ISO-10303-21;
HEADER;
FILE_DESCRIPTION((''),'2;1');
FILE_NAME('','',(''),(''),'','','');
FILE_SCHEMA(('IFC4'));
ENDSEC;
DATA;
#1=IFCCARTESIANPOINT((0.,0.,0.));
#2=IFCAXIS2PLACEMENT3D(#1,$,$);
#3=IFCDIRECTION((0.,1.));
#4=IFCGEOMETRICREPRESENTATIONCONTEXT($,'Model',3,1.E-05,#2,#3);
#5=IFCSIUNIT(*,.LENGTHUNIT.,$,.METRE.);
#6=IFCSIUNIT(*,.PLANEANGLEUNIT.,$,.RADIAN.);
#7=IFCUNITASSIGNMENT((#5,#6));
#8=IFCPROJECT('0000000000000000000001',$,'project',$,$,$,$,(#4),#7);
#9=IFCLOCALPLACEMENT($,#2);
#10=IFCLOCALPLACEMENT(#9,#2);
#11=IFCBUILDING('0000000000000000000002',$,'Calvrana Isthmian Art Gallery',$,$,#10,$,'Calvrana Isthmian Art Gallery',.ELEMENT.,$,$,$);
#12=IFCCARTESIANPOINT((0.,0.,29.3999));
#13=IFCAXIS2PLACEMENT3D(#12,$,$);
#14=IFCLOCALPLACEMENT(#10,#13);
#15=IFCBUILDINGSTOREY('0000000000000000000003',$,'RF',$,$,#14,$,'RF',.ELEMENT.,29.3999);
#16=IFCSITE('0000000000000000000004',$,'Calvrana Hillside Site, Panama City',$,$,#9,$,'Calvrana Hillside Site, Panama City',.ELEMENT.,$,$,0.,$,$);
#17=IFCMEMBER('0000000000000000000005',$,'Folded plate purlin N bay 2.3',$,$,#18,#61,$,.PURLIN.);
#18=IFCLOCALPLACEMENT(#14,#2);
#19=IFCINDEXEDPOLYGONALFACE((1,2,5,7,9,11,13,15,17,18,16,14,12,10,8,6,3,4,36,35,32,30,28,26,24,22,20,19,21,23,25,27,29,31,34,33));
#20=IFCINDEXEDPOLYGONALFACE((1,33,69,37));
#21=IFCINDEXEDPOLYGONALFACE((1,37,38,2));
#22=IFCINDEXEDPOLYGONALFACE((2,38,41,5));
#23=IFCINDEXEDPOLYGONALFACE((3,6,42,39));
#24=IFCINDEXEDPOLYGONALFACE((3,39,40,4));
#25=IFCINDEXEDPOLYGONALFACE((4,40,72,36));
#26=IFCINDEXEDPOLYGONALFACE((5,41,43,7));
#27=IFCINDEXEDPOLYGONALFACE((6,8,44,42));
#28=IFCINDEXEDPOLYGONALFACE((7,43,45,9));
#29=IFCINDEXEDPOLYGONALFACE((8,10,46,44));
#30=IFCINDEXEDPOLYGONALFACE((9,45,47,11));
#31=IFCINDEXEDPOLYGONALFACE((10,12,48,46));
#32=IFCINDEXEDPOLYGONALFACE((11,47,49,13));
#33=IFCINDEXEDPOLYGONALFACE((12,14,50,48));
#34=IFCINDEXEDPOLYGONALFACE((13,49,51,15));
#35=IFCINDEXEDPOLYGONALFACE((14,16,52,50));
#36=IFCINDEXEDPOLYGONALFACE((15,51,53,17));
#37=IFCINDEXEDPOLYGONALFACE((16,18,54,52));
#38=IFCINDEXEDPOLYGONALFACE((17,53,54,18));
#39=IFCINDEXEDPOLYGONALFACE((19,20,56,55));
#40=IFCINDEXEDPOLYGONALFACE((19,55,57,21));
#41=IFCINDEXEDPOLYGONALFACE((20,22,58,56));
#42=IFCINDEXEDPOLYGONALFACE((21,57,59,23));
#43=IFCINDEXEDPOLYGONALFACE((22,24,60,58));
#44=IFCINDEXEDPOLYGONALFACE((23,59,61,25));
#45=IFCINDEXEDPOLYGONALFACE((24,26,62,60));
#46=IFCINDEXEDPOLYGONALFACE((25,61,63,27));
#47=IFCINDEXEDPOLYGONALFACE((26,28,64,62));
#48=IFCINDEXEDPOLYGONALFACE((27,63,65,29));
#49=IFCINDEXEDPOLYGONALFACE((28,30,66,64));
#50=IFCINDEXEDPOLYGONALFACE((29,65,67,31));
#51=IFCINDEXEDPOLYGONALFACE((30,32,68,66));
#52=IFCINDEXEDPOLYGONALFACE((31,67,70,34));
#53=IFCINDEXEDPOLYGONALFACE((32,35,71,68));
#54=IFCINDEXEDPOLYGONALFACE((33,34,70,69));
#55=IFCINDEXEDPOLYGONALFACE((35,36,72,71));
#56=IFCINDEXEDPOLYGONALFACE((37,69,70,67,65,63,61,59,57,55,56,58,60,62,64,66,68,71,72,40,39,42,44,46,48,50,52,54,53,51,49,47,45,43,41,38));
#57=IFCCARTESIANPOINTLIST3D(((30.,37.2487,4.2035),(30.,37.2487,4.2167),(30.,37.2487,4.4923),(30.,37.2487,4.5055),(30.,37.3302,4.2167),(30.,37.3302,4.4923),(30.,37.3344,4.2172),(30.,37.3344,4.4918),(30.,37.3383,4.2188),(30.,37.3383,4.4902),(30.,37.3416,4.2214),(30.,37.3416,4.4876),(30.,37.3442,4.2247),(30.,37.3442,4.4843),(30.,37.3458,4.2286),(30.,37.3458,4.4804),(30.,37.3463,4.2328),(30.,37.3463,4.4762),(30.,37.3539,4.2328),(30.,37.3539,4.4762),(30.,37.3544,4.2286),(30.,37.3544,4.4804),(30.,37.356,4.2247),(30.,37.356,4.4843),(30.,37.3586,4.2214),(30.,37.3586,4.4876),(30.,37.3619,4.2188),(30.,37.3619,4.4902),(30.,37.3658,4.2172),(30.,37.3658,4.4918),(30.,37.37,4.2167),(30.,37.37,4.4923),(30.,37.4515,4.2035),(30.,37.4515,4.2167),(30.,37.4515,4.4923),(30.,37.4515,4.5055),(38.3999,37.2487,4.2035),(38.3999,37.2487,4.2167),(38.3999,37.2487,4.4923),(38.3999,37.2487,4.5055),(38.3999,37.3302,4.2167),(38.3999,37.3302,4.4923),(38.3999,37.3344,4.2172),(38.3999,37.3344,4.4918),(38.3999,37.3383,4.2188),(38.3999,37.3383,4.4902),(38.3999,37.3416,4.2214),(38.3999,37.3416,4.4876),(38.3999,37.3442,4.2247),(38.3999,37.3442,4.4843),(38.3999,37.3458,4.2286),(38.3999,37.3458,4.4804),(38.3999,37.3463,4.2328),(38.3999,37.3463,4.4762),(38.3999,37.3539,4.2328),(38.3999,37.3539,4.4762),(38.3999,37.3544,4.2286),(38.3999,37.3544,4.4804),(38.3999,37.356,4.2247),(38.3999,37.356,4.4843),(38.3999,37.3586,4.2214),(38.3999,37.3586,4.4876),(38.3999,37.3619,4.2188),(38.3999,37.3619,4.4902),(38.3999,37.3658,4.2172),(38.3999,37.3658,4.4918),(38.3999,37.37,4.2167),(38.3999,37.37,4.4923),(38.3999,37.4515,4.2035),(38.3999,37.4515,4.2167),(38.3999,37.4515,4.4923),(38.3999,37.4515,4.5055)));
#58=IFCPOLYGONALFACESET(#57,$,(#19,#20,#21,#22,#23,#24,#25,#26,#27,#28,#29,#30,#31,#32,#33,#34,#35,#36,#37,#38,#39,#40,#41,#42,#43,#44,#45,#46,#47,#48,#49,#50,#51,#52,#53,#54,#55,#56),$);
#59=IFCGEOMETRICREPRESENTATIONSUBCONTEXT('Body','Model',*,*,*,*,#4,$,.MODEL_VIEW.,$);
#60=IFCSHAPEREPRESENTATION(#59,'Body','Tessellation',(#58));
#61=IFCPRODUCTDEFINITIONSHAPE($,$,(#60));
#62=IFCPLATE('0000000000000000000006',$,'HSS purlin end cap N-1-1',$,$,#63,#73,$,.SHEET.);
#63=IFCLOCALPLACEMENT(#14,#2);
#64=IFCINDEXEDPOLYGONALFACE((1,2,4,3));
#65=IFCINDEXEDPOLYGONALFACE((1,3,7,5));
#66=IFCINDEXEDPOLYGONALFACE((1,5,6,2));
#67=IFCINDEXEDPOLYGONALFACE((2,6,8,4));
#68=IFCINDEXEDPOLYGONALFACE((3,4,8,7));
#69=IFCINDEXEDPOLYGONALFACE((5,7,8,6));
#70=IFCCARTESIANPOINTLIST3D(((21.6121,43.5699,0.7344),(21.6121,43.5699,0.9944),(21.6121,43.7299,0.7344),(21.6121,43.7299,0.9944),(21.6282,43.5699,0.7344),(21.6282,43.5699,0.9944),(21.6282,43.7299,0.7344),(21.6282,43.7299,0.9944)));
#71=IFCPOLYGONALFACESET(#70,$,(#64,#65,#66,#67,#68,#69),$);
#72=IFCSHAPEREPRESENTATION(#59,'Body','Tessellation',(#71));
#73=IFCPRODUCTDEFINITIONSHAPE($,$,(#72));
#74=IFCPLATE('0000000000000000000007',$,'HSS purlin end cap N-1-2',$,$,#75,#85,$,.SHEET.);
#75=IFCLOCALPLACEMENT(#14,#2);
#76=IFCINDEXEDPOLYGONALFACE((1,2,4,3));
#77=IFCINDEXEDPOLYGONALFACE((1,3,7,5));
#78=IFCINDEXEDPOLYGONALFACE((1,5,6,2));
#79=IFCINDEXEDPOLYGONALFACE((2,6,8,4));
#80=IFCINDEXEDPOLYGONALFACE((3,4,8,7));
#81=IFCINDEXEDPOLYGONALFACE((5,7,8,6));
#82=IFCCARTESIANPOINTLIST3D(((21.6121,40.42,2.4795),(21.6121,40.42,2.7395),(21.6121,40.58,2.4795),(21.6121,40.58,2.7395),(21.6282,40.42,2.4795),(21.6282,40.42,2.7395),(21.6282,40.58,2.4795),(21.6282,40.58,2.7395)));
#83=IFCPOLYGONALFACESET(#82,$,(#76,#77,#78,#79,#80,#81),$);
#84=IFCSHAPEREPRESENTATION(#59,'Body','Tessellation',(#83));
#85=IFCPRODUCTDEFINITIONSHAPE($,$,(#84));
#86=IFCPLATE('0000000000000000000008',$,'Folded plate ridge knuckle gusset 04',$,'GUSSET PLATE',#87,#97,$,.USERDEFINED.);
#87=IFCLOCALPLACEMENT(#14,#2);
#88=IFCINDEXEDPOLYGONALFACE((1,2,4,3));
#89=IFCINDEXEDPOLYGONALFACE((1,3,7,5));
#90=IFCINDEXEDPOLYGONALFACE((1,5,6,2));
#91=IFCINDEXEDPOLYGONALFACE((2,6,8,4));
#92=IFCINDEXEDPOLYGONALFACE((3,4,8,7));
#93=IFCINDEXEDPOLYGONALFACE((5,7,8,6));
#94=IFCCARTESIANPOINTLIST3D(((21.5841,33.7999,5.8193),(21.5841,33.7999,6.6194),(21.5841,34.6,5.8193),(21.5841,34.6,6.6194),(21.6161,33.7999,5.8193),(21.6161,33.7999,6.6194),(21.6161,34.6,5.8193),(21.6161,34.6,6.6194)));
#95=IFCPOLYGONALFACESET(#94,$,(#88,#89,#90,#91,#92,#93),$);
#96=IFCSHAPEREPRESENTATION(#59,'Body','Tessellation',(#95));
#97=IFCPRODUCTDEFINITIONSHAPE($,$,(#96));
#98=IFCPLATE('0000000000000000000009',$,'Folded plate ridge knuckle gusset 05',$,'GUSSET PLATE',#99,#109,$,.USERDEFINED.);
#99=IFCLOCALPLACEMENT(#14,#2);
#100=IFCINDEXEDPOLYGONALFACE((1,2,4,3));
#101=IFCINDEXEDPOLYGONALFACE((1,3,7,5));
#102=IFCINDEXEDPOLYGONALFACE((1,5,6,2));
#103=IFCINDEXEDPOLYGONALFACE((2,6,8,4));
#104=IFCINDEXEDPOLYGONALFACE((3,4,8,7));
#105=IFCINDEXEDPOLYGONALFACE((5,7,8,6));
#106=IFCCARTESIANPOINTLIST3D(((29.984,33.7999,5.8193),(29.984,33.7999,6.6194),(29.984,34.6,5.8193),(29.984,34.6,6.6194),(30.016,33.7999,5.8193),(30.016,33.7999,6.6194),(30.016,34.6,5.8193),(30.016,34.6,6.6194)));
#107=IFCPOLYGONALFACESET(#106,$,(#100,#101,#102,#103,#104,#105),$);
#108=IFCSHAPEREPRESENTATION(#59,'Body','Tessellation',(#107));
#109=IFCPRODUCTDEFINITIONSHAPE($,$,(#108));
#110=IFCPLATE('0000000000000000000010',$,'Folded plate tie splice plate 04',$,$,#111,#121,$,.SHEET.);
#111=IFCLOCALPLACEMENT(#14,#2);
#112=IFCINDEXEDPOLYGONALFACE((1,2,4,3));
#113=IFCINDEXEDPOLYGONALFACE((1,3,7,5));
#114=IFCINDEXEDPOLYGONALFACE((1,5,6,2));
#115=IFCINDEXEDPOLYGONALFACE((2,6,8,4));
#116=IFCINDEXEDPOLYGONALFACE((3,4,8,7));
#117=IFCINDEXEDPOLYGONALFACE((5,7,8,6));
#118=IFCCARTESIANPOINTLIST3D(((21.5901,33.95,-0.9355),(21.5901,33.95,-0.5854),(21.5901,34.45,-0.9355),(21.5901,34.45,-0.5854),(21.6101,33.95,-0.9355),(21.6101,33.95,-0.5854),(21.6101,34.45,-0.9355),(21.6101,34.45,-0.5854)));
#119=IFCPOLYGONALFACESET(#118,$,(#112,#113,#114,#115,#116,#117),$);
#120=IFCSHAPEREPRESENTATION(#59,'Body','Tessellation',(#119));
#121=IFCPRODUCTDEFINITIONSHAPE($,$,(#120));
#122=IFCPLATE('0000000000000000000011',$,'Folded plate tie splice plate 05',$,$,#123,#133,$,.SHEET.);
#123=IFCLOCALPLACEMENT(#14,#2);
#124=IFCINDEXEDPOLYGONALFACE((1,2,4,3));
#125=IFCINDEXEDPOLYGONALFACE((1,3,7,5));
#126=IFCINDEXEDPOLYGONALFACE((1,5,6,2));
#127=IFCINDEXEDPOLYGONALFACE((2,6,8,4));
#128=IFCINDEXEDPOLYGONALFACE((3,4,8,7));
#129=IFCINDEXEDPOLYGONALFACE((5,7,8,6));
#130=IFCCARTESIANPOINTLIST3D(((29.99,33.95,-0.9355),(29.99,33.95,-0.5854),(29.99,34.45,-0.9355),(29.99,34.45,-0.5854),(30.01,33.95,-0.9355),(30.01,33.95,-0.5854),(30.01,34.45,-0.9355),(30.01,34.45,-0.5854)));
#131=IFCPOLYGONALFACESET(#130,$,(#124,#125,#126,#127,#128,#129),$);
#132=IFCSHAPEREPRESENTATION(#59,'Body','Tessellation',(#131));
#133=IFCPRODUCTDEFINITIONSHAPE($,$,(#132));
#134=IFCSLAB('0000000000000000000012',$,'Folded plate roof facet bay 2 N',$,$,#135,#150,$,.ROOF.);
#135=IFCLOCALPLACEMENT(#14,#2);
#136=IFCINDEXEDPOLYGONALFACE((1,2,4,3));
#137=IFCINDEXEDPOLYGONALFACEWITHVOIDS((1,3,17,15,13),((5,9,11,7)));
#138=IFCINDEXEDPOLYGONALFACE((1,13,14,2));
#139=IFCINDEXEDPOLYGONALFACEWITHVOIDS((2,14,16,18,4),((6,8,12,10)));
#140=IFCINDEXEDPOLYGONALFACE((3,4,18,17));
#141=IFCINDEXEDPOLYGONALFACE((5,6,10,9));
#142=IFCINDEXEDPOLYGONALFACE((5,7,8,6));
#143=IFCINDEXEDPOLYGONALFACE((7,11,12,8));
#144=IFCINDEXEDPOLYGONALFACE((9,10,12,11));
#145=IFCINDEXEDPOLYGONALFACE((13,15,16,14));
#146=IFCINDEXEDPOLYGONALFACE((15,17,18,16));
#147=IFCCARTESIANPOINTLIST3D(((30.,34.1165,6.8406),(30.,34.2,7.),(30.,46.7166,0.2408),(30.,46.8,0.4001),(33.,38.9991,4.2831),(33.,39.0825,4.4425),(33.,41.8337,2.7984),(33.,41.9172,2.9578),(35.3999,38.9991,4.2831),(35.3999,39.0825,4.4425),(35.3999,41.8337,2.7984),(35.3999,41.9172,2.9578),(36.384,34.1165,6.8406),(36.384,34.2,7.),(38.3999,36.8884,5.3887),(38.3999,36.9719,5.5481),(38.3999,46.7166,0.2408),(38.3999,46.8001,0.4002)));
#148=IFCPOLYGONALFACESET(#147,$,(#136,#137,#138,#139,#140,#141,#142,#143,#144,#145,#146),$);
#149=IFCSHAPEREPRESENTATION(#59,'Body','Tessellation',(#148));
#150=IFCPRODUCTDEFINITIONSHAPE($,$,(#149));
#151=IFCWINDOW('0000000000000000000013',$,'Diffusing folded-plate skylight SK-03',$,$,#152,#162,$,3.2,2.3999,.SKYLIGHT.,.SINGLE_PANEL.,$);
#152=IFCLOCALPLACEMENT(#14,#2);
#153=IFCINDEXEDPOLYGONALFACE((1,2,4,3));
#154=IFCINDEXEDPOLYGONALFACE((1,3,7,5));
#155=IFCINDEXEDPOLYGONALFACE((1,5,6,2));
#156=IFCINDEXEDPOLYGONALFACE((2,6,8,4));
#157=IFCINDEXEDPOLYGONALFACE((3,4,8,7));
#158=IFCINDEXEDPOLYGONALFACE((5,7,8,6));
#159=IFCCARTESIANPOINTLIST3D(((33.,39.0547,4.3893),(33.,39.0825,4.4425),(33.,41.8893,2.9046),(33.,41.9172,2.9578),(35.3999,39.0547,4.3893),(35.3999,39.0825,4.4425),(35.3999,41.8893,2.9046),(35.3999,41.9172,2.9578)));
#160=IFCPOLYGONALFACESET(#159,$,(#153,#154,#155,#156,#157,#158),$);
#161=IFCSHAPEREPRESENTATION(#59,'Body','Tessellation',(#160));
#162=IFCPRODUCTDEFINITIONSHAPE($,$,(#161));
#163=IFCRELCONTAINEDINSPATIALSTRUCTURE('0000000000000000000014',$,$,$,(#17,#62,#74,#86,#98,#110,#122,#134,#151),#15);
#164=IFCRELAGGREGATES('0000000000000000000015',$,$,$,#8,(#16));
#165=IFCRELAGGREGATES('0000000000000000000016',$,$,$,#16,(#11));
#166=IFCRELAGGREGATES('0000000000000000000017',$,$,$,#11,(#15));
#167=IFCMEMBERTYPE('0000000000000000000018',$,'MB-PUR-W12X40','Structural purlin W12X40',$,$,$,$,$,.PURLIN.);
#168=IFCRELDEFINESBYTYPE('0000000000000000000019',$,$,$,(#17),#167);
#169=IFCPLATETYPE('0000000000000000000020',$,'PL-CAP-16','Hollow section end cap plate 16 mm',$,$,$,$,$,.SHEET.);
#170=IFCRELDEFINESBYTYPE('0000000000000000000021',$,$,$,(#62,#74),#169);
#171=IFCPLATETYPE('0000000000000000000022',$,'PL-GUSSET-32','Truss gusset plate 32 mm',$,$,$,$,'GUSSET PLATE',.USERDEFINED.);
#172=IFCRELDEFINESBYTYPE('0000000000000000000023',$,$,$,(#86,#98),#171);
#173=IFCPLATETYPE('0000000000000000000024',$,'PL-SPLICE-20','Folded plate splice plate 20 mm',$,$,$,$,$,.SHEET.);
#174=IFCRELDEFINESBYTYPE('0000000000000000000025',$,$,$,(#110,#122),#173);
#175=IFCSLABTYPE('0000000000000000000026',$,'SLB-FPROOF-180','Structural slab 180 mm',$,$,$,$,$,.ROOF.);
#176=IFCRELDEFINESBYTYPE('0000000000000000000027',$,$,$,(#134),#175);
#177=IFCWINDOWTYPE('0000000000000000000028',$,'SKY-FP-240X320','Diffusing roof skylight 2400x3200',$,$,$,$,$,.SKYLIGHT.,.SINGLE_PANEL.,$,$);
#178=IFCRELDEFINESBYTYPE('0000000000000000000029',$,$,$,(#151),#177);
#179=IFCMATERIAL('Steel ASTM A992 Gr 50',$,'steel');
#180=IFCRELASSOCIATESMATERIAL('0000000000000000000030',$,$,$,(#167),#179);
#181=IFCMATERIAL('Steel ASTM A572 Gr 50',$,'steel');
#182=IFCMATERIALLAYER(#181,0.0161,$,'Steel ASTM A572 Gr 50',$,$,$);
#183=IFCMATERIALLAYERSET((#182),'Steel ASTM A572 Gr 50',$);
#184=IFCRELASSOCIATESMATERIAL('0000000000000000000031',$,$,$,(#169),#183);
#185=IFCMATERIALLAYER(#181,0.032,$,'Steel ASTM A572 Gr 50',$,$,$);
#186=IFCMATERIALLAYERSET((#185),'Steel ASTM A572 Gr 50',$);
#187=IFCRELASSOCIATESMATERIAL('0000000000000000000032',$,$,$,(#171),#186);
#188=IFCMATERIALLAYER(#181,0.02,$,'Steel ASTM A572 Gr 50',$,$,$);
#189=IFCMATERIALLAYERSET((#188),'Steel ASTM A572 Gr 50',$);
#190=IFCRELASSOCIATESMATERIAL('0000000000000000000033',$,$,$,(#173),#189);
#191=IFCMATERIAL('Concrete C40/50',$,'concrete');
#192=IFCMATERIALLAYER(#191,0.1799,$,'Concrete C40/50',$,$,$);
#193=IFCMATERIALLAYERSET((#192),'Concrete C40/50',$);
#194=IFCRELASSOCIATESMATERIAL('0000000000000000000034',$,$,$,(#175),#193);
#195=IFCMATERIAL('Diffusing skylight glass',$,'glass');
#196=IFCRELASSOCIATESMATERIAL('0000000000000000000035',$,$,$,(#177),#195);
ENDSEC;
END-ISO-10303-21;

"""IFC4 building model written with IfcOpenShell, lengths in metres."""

from ifc_helpers import new_model, si_unit, direction, frame, origin, origin_2d, place, context, subcontext, project, spatial, polyline, rectangle, i_section, outline, extrude, material, layer, layer_set, material_profile, profile_set, type_object, element, fill, save


model = new_model("IFC4")

# Units and contexts
model_context = context("Model", 3, precision=1e-05, world=origin(), true_north=direction((0.0, 1.0)))
body_context = subcontext(model_context, "Body", "Model", "MODEL_VIEW")
ifc_project = project(units=[si_unit("LENGTHUNIT", "METRE"), si_unit("PLANEANGLEUNIT", "RADIAN")], contexts=[model_context])

# Site, building, storey
site_placement = place(None, origin())
site = spatial("IfcSite", under=ifc_project, at=site_placement, Name="Calvrana Hillside Site, Panama City", LongName="Calvrana Hillside Site, Panama City", CompositionType="ELEMENT", RefElevation=0.0)
building_placement = place(site_placement, origin())
building = spatial("IfcBuilding", under=site, at=building_placement, Name="Calvrana Isthmian Art Gallery", LongName="Calvrana Isthmian Art Gallery", CompositionType="ELEMENT")
storey_placement = place(building_placement, frame((0.0, 0.0, 29.3999)))
storey = spatial("IfcBuildingStorey", under=building, at=storey_placement, Name="RF", LongName="RF", CompositionType="ELEMENT", Elevation=29.3999)

# Shared definitions
ifc_material_1 = material(Name="Steel ASTM A992 Gr 50", Category="steel")

# Member
ifc_material_profile_1 = material_profile(ifc_material_1, i_section(OverallWidth=0.2029, OverallDepth=0.302, WebThickness=0.0076, FlangeThickness=0.0132, FilletRadius=0.0161, at=origin_2d()), Name="W12X40")
ifc_profile_set_1 = profile_set([ifc_material_profile_1], Name="Steel ASTM A992 Gr 50")
member_type_1 = type_object("IfcMemberType", Name="MB-PUR-W12X40", Description="Structural purlin W12X40", PredefinedType="PURLIN", material=ifc_profile_set_1)
member_1_placement = place(storey_placement, frame((30.0, 37.3501, 4.3545), z_axis=(1.0, 0.0, 0.0), x_axis=(0.0, 1.0, 0.0)))
element("IfcMember", 1, at=member_1_placement, inside=storey, type_object=member_type_1, Name="Folded plate purlin N bay 2.3", PredefinedType="PURLIN", context=body_context, shape_type="SweptSolid", body=[
    extrude(i_section(OverallWidth=0.2029, OverallDepth=0.302, WebThickness=0.0076, FlangeThickness=0.0132, FilletRadius=0.0161, at=origin_2d()), origin(), (0.0, 0.0, 1.0), 8.3999),
])

# Plates
ifc_material_2 = material(Name="Steel ASTM A572 Gr 50", Category="steel")
ifc_layer_1 = layer(ifc_material_2, 0.0161, Name="Steel ASTM A572 Gr 50")
ifc_layer_set_1 = layer_set([ifc_layer_1], Name="Steel ASTM A572 Gr 50")
plate_type_1 = type_object("IfcPlateType", Name="PL-CAP-16", Description="Hollow section end cap plate 16 mm", PredefinedType="SHEET", material=ifc_layer_set_1)
for number, where, z_axis, x_axis, name in (
    (2, (21.6201, 43.6499, 0.7344), (0.0, 0.0, 1.0), (1.0, 0.0, 0.0), "HSS purlin end cap N-1-1"),
    (3, (21.6201, 40.5, 2.4795), (0.0, 0.0, 1.0), (1.0, 0.0, 0.0), "HSS purlin end cap N-1-2"),
):
    element("IfcPlate", number, at=place(storey_placement, frame(where, z_axis=z_axis, x_axis=x_axis)), inside=storey, type_object=plate_type_1, Name=name, PredefinedType="SHEET", context=body_context, shape_type="SweptSolid", body=[
        extrude(rectangle(XDim=0.0161, YDim=0.1599, at=origin_2d()), origin(), (0.0, 0.0, 1.0), 0.26),
    ])
ifc_layer_2 = layer(ifc_material_2, 0.032, Name="Steel ASTM A572 Gr 50")
ifc_layer_set_2 = layer_set([ifc_layer_2], Name="Steel ASTM A572 Gr 50")
plate_type_2 = type_object("IfcPlateType", Name="PL-GUSSET-32", Description="Truss gusset plate 32 mm", ElementType="GUSSET PLATE", PredefinedType="USERDEFINED", material=ifc_layer_set_2)
for number, where, z_axis, x_axis, name in (
    (4, (21.6001, 34.2, 5.8193), (0.0, 0.0, 1.0), (1.0, 0.0, 0.0), "Folded plate ridge knuckle gusset 04"),
    (5, (30.0, 34.2, 5.8193), (0.0, 0.0, 1.0), (1.0, 0.0, 0.0), "Folded plate ridge knuckle gusset 05"),
):
    element("IfcPlate", number, at=place(storey_placement, frame(where, z_axis=z_axis, x_axis=x_axis)), inside=storey, type_object=plate_type_2, Name=name, ObjectType="GUSSET PLATE", PredefinedType="USERDEFINED", context=body_context, shape_type="SweptSolid", body=[
        extrude(rectangle(XDim=0.032, YDim=0.8, at=origin_2d()), origin(), (0.0, 0.0, 1.0), 0.8),
    ])
ifc_layer_3 = layer(ifc_material_2, 0.02, Name="Steel ASTM A572 Gr 50")
ifc_layer_set_3 = layer_set([ifc_layer_3], Name="Steel ASTM A572 Gr 50")
plate_type_3 = type_object("IfcPlateType", Name="PL-SPLICE-20", Description="Folded plate splice plate 20 mm", PredefinedType="SHEET", material=ifc_layer_set_3)
for number, where, z_axis, x_axis, name in (
    (6, (21.6001, 34.2, -0.9355), (0.0, 0.0, 1.0), (1.0, 0.0, 0.0), "Folded plate tie splice plate 04"),
    (7, (30.0, 34.2, -0.9355), (0.0, 0.0, 1.0), (1.0, 0.0, 0.0), "Folded plate tie splice plate 05"),
):
    element("IfcPlate", number, at=place(storey_placement, frame(where, z_axis=z_axis, x_axis=x_axis)), inside=storey, type_object=plate_type_3, Name=name, PredefinedType="SHEET", context=body_context, shape_type="SweptSolid", body=[
        extrude(rectangle(XDim=0.02, YDim=0.5, at=origin_2d()), origin(), (0.0, 0.0, 1.0), 0.3501),
    ])

# Slab, opening, window
ifc_material_3 = material(Name="Concrete C40/50", Category="concrete")
ifc_layer_4 = layer(ifc_material_3, 0.1799, Name="Concrete C40/50")
ifc_layer_set_4 = layer_set([ifc_layer_4], Name="Concrete C40/50")
slab_type = type_object("IfcSlabType", Name="SLB-FPROOF-180", Description="Structural slab 180 mm", PredefinedType="ROOF", material=ifc_layer_set_4)
slab_placement = place(storey_placement, frame((30.0, 34.2, 7.0), z_axis=(-0.000002, 0.463996, 0.885837), x_axis=(1.0, 0.000001, 0.000002)))
slab = element("IfcSlab", 8, at=slab_placement, inside=storey, type_object=slab_type, Name="Folded plate roof facet bay 2 N", PredefinedType="ROOF", context=body_context, shape_type="SweptSolid", body=[
    extrude(outline(polyline([(0.0, 0.0), (6.384, 0.0), (8.3999, 3.1292), (8.3999, 14.2239), (0.0, 14.2239), (0.0, 0.0)])), origin(), (0.0, 0.0, -1.0), 0.1799),
])
opening_placement = place(slab_placement, frame((4.2, 7.1118, 0.0103)))
opening = element("IfcOpeningElement", 9, at=opening_placement, cuts=slab, PredefinedType="OPENING", context=body_context, shape_type="SweptSolid", body=[
    extrude(rectangle(XDim=2.3999, YDim=3.2, at=origin_2d()), origin(), (0.0, 0.0, -1.0), 0.2004),
])
ifc_material_4 = material(Name="Diffusing skylight glass", Category="glass")
window_type = type_object("IfcWindowType", Name="SKY-FP-240X320", Description="Diffusing roof skylight 2400x3200", PartitioningType="SINGLE_PANEL", PredefinedType="SKYLIGHT", material=ifc_material_4)
window_placement = place(slab_placement, frame((4.2, 7.1118, 0.0)))
window = element("IfcWindow", 10, at=window_placement, inside=storey, type_object=window_type, Name="Diffusing folded-plate skylight SK-03", OverallHeight=3.2, OverallWidth=2.3999, PartitioningType="SINGLE_PANEL", PredefinedType="SKYLIGHT", context=body_context, shape_type="SweptSolid", body=[
    extrude(rectangle(XDim=2.3999, YDim=3.2, at=origin_2d()), origin(), (0.0, 0.0, -1.0), 0.0601),
])
fill(opening, window)

save(model, "model.ifc")
